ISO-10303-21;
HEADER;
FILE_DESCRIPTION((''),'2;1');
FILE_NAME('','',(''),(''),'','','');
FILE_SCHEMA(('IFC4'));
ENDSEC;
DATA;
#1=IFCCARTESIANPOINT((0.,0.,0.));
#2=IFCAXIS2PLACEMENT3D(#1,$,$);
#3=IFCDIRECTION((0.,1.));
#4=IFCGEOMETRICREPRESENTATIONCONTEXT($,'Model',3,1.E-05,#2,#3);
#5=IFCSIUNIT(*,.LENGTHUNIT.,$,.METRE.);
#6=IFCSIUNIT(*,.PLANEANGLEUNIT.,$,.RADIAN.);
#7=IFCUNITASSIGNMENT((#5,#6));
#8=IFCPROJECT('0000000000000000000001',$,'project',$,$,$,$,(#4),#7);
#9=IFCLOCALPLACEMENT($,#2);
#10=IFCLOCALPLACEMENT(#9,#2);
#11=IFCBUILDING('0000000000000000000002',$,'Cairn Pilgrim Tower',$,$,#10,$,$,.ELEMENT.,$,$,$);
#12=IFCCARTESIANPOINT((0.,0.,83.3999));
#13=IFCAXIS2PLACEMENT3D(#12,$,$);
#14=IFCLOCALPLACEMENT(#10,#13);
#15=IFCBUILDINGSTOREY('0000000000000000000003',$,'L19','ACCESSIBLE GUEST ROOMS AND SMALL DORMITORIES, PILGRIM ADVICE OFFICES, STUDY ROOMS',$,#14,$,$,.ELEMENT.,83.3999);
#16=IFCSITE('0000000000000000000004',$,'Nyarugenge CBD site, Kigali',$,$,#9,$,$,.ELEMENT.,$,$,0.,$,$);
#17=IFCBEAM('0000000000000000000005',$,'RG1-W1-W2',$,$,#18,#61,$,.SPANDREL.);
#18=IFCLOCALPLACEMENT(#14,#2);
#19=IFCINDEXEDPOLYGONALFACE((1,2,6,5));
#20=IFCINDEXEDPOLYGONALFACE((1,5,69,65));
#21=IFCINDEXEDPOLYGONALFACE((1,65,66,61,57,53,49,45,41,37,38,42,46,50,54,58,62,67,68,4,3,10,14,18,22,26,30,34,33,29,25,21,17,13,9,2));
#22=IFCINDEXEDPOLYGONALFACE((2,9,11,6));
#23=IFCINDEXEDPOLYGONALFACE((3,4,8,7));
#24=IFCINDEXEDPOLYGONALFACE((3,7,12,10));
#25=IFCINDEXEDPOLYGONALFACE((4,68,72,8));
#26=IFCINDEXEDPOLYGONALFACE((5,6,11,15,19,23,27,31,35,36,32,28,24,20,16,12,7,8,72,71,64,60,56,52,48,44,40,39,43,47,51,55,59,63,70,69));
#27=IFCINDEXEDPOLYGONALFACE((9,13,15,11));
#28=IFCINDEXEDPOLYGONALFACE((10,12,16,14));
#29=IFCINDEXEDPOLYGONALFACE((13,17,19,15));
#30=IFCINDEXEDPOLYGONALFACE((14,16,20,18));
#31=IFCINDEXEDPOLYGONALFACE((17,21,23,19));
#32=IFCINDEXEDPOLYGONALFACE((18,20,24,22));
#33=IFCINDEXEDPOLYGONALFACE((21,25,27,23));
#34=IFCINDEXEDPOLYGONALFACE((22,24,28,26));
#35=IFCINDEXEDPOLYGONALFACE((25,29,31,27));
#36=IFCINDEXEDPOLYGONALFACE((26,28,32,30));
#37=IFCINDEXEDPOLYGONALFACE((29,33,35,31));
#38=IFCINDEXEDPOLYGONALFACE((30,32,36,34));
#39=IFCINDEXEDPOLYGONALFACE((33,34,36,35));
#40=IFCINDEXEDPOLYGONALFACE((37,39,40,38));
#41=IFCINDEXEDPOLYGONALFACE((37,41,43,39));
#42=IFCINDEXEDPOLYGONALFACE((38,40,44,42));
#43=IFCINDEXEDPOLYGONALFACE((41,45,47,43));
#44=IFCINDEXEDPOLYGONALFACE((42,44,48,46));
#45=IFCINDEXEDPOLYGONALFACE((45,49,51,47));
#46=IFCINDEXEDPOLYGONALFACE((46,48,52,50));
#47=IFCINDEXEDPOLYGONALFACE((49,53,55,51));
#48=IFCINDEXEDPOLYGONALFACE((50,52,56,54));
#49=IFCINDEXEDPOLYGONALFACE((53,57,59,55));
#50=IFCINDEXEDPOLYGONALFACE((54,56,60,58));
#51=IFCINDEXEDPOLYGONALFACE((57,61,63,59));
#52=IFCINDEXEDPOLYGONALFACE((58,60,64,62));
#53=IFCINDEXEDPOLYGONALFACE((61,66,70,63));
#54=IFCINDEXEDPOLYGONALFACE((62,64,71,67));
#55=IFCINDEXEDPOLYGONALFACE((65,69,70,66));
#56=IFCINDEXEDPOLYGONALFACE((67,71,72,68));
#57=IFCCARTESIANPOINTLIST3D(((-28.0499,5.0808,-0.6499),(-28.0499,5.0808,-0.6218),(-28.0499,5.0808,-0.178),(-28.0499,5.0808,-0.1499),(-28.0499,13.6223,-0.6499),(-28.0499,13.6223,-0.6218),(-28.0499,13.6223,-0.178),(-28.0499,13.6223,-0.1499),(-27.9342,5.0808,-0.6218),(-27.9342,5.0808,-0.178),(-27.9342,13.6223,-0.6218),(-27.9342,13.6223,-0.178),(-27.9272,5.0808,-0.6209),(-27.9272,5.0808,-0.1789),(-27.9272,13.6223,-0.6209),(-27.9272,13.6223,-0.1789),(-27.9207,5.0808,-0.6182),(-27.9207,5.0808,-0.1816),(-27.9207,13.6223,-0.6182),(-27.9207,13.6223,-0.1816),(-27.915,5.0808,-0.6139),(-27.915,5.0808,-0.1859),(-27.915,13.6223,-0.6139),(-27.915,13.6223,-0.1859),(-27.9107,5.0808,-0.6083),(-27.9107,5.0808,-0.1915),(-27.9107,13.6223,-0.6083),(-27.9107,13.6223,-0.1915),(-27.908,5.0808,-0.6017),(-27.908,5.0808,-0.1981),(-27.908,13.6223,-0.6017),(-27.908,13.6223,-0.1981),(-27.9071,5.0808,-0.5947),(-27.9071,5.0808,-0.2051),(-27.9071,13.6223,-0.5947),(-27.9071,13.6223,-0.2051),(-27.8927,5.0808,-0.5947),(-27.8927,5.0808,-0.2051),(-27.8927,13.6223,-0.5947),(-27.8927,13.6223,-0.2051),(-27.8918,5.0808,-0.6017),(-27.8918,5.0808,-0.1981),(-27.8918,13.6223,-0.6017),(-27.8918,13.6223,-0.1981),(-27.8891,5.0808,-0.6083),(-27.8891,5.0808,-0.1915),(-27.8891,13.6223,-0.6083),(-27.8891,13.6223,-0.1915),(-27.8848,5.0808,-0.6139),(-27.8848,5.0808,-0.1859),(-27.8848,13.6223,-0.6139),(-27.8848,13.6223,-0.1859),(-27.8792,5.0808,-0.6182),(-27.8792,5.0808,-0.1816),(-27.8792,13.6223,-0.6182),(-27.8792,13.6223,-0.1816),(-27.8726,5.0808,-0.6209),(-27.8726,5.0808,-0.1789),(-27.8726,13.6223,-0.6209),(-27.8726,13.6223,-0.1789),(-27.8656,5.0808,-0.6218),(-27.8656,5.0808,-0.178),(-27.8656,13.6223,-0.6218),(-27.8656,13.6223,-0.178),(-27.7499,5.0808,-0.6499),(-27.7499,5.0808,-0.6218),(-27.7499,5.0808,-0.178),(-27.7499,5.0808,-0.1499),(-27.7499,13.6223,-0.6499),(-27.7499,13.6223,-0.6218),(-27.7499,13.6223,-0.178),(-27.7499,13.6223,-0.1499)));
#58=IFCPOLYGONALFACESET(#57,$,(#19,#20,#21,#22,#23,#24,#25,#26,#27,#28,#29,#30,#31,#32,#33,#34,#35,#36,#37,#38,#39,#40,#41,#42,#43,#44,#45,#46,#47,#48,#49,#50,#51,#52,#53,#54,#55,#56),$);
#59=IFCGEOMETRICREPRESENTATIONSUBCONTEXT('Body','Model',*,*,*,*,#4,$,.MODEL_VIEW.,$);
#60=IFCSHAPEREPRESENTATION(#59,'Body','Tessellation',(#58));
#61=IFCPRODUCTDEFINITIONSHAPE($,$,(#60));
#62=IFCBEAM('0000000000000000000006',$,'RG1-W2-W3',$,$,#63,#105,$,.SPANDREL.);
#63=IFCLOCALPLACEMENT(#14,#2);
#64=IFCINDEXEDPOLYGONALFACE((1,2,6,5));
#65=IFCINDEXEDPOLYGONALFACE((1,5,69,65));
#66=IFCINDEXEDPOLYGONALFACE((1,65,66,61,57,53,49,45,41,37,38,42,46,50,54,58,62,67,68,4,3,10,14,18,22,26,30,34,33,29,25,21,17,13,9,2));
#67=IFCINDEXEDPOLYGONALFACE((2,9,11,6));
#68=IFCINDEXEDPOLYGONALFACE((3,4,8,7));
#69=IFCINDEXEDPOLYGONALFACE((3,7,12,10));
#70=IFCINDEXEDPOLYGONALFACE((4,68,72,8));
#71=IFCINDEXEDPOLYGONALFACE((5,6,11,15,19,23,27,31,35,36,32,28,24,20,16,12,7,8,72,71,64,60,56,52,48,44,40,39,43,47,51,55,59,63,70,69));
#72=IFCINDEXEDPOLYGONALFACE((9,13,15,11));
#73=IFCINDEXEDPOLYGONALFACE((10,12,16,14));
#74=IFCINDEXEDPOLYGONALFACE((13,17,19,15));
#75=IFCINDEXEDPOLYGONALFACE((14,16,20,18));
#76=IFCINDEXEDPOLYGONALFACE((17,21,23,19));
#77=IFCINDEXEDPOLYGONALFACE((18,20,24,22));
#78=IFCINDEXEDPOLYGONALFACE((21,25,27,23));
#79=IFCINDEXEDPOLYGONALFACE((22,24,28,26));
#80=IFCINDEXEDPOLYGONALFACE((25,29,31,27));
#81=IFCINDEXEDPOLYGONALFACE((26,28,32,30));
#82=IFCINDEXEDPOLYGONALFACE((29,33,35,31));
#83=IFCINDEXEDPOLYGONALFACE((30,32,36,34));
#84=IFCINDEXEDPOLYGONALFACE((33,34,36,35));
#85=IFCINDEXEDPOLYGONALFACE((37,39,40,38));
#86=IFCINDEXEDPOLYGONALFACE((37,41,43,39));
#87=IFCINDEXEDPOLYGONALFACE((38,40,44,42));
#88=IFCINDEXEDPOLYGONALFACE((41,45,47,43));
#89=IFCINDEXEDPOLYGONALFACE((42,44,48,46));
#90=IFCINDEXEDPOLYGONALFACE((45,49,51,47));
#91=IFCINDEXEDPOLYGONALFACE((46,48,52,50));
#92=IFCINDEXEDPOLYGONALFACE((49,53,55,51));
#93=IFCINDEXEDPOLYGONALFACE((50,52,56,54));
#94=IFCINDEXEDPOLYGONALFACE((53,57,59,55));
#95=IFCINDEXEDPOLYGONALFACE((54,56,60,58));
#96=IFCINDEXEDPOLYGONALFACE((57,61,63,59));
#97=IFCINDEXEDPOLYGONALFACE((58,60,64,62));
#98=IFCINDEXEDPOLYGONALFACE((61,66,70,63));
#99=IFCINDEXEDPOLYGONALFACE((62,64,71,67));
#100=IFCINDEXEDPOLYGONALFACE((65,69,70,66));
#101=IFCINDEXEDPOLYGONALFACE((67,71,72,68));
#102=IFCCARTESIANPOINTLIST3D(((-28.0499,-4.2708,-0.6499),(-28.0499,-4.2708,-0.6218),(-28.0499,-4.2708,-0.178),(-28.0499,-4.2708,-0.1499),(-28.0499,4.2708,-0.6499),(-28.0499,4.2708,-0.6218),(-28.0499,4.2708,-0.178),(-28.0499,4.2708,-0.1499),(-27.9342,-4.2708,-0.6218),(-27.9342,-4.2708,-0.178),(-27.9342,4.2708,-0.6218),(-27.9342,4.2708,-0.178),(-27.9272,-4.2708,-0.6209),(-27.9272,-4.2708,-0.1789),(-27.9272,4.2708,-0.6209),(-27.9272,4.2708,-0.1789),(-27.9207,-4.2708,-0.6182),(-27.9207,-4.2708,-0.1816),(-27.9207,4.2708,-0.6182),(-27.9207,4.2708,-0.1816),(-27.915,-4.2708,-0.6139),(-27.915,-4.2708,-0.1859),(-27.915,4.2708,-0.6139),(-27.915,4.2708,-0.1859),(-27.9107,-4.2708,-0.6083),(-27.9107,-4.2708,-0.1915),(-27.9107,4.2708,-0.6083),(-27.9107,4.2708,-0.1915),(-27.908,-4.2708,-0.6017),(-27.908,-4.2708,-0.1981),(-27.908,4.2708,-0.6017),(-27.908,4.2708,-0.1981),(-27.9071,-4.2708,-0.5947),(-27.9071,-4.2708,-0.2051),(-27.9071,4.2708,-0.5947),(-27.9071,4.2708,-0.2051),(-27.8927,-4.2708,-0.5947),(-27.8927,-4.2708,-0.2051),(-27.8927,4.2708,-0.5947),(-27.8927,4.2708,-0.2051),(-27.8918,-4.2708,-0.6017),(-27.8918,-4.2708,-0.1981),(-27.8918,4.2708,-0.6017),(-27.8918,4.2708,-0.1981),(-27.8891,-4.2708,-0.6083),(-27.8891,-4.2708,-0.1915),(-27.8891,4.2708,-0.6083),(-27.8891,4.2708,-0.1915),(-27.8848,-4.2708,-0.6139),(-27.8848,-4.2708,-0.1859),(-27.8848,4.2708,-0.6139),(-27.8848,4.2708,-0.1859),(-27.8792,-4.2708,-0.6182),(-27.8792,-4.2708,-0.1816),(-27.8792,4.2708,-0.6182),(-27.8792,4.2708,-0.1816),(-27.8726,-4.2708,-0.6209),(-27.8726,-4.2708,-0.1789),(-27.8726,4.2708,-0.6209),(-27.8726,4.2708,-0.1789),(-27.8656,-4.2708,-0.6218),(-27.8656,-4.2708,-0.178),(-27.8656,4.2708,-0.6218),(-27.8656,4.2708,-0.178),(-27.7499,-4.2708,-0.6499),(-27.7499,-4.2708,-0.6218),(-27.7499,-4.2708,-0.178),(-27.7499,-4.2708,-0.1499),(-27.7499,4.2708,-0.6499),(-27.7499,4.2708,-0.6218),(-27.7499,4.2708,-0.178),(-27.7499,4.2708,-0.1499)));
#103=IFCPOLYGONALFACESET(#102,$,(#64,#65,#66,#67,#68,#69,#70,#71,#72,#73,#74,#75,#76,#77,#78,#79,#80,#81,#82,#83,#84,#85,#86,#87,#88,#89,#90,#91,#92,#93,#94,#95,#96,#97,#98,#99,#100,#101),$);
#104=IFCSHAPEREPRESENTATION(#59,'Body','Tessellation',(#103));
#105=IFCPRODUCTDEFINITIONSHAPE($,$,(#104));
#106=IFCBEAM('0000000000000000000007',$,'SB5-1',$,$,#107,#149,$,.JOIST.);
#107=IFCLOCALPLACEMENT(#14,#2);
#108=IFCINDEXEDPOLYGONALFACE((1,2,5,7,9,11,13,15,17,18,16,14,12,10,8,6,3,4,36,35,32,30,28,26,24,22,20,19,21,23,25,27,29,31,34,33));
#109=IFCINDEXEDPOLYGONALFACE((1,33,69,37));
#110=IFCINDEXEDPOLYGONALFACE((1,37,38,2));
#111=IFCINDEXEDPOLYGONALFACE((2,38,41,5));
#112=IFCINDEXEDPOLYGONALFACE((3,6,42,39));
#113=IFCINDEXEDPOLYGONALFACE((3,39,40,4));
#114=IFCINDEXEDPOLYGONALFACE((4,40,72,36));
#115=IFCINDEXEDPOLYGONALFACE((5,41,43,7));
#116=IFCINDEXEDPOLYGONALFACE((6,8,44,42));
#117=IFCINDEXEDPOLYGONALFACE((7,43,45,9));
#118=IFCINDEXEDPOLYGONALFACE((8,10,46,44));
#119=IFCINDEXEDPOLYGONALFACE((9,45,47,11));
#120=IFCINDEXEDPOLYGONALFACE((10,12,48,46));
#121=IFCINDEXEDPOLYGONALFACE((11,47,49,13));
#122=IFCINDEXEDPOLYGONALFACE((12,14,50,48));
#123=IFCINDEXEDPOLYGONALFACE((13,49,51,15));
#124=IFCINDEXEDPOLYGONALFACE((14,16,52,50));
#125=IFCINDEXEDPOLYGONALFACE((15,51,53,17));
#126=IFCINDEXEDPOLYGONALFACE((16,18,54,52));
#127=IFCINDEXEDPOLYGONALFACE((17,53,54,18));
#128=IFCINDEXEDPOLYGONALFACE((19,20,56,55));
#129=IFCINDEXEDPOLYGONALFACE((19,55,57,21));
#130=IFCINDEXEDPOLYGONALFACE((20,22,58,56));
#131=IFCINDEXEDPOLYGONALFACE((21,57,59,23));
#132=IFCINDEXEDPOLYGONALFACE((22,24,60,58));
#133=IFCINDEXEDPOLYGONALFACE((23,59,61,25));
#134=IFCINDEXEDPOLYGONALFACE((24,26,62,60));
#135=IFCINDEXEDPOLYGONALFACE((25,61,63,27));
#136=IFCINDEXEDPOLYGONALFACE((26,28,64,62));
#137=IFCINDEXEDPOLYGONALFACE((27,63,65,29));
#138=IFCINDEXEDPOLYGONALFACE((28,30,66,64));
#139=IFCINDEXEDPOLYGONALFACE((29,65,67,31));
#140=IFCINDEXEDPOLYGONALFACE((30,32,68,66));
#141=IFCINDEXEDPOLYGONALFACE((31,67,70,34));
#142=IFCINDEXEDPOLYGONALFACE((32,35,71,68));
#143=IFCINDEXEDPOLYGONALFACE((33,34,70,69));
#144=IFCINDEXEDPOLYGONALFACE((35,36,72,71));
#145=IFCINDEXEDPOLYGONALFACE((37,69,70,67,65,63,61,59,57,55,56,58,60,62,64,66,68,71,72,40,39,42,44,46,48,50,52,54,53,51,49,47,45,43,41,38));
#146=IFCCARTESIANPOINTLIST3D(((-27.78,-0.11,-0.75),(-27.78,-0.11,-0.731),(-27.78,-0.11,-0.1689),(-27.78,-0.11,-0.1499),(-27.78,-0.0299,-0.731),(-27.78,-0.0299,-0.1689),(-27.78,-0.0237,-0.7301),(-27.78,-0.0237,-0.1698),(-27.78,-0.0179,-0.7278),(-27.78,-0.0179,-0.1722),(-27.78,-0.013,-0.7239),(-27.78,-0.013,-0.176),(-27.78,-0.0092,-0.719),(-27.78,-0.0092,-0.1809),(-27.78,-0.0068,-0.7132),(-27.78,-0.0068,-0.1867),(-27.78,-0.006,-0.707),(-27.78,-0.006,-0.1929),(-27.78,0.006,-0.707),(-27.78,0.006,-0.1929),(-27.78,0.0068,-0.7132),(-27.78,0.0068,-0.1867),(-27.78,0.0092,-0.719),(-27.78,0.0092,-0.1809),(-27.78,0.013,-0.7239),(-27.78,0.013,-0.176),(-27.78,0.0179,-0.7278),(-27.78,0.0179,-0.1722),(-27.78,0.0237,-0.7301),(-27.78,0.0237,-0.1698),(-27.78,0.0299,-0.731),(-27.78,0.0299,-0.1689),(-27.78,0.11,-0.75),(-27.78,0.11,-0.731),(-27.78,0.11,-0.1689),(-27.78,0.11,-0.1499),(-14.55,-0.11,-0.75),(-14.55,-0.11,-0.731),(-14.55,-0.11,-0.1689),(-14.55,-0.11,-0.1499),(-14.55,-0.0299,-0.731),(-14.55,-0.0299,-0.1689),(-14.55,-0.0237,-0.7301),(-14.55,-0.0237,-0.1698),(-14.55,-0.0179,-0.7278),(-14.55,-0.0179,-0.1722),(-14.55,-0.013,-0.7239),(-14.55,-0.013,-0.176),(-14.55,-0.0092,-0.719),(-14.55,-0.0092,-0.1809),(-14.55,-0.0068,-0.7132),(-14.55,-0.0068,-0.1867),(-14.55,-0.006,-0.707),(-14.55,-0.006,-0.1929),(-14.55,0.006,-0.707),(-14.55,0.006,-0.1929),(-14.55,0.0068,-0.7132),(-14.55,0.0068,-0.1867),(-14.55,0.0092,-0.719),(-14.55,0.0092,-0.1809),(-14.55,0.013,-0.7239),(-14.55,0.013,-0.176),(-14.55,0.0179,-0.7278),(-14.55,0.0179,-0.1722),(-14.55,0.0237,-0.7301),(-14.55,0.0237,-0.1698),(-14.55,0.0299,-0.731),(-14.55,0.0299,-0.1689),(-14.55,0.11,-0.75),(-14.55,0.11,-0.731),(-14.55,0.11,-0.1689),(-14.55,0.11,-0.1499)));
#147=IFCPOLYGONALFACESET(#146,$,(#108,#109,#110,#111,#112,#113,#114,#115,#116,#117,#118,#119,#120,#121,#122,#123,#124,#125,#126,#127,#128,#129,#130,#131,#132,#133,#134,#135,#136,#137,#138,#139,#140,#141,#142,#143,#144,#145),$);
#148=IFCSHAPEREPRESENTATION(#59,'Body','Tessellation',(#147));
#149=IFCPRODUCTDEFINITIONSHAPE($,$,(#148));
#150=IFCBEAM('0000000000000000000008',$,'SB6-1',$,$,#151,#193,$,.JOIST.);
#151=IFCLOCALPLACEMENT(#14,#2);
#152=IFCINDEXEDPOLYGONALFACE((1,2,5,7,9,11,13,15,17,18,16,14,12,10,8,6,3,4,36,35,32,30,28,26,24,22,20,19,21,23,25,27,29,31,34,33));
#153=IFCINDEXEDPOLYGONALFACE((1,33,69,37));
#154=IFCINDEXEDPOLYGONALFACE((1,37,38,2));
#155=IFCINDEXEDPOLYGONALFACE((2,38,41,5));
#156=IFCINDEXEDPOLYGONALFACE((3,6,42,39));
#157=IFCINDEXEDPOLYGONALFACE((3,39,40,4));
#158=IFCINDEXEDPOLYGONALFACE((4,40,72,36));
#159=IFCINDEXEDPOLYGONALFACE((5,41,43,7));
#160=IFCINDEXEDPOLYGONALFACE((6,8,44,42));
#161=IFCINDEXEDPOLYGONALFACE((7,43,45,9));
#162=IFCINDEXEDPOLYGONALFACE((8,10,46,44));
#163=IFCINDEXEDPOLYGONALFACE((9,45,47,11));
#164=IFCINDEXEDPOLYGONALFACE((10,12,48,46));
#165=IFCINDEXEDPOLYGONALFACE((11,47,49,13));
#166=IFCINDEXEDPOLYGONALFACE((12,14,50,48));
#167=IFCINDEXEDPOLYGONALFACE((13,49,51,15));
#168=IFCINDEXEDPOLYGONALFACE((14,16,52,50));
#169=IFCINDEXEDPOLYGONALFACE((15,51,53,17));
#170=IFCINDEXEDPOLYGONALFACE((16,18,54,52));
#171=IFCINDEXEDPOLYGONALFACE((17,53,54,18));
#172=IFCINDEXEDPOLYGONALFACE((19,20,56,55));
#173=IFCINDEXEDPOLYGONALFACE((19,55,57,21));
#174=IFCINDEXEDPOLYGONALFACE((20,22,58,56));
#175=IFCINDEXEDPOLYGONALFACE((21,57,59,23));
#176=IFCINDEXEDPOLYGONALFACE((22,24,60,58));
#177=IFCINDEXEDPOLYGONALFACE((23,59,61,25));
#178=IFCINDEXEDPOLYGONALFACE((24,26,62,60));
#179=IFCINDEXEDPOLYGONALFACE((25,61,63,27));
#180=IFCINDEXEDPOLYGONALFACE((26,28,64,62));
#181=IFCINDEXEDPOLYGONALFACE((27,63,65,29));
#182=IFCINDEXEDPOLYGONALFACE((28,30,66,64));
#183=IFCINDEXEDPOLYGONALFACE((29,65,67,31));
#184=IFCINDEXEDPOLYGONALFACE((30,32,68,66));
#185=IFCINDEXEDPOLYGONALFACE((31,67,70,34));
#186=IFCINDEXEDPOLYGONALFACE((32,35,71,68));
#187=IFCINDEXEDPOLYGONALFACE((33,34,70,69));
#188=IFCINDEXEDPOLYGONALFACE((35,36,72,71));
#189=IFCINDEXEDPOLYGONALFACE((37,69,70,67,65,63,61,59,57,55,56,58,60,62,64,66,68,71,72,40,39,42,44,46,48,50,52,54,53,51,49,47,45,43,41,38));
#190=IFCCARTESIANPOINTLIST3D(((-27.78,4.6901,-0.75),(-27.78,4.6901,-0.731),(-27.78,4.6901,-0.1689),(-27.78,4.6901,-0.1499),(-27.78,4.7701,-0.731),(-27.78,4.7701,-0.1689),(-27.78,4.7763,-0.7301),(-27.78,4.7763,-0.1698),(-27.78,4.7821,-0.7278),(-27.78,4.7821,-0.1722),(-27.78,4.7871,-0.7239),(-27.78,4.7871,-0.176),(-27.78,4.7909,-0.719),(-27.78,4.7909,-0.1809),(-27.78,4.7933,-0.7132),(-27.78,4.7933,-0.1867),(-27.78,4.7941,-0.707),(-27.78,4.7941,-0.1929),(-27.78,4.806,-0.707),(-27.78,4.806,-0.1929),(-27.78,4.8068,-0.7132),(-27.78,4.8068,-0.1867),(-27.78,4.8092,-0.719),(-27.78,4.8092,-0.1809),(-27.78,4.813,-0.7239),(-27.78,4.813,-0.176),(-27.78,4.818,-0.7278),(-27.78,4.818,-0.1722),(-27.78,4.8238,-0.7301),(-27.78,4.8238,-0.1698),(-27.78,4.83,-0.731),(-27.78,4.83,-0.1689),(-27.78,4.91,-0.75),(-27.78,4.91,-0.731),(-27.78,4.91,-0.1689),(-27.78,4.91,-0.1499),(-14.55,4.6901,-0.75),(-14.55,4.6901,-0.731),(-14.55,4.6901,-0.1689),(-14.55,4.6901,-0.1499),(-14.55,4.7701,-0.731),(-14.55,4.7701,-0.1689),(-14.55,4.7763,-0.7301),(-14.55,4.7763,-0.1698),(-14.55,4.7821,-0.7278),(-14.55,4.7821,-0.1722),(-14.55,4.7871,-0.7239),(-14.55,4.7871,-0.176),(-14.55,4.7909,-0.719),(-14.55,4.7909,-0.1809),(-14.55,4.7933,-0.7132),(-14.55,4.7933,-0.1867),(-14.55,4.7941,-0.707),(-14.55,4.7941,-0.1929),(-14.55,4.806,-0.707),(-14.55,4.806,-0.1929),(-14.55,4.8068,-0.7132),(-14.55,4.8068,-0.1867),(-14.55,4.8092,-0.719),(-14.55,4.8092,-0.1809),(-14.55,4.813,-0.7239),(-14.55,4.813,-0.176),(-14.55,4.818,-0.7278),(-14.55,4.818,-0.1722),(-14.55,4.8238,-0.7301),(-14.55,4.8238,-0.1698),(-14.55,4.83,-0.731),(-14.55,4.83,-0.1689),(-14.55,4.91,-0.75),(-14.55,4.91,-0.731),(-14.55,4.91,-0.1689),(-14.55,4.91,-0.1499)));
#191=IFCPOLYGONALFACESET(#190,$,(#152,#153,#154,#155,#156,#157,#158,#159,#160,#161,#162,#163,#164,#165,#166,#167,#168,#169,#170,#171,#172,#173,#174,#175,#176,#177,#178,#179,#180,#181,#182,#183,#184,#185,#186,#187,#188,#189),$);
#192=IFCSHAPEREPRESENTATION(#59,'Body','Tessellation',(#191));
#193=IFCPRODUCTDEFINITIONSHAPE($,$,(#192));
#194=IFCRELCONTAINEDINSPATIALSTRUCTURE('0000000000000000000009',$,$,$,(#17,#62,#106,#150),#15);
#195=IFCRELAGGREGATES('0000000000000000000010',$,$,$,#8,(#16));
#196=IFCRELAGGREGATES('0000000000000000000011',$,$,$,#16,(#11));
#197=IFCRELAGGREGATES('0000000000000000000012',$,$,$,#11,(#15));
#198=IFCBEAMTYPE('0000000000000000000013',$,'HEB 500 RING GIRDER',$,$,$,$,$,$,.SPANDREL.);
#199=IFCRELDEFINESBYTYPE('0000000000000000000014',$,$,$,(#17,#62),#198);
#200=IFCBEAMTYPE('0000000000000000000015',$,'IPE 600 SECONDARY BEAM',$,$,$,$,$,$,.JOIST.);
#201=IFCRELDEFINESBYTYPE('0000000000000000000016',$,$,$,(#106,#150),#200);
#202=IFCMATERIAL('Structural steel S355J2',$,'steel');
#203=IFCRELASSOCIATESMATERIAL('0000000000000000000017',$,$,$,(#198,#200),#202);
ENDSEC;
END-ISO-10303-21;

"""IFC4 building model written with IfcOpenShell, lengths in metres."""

from ifc_helpers import new_model, si_unit, direction, frame, origin, origin_2d, place, context, subcontext, project, spatial, i_section, extrude, material, material_profile, profile_set, type_object, element, save


model = new_model("IFC4")

# Units and contexts
model_context = context("Model", 3, precision=1e-05, world=origin(), true_north=direction((0.0, 1.0)))
body_context = subcontext(model_context, "Body", "Model", "MODEL_VIEW")
ifc_project = project(units=[si_unit("LENGTHUNIT", "METRE"), si_unit("PLANEANGLEUNIT", "RADIAN")], contexts=[model_context])

# Site, building, storey
site_placement = place(None, origin())
site = spatial("IfcSite", under=ifc_project, at=site_placement, Name="Nyarugenge CBD site, Kigali", CompositionType="ELEMENT", RefElevation=0.0)
building_placement = place(site_placement, origin())
building = spatial("IfcBuilding", under=site, at=building_placement, Name="Cairn Pilgrim Tower", CompositionType="ELEMENT")
storey_placement = place(building_placement, frame((0.0, 0.0, 83.3999)))
storey = spatial("IfcBuildingStorey", under=building, at=storey_placement, Name="L19", Description="ACCESSIBLE GUEST ROOMS AND SMALL DORMITORIES, PILGRIM ADVICE OFFICES, STUDY ROOMS", CompositionType="ELEMENT", Elevation=83.3999)

# Beams
ifc_material_1 = material(Name="Structural steel S355J2", Category="steel")
ifc_material_profile_1 = material_profile(ifc_material_1, i_section(OverallWidth=0.3, OverallDepth=0.5, WebThickness=0.0144, FlangeThickness=0.0281, FilletRadius=0.0271, at=origin_2d()), Name="HEB 500")
ifc_profile_set_1 = profile_set([ifc_material_profile_1], Name="Structural steel S355J2")
beam_type_1 = type_object("IfcBeamType", Name="HEB 500 RING GIRDER", PredefinedType="SPANDREL", material=ifc_profile_set_1)
for number, where, z_axis, x_axis, name in (
    (1, (-27.8999, 13.6223, -0.3999), (0.0, -1.0, 0.0), (1.0, 0.0, 0.0), "RG1-W1-W2"),
    (2, (-27.8999, 4.2708, -0.3999), (0.0, -1.0, 0.0), (1.0, 0.0, 0.0), "RG1-W2-W3"),
):
    element("IfcBeam", number, at=place(storey_placement, frame(where, z_axis=z_axis, x_axis=x_axis)), inside=storey, type_object=beam_type_1, Name=name, PredefinedType="SPANDREL", context=body_context, shape_type="SweptSolid", body=[
        extrude(i_section(OverallWidth=0.3, OverallDepth=0.5, WebThickness=0.0144, FlangeThickness=0.0281, FilletRadius=0.0271, at=origin_2d()), origin(), (0.0, 0.0, 1.0), 8.5415),
    ])
ifc_material_profile_2 = material_profile(ifc_material_1, i_section(OverallWidth=0.22, OverallDepth=0.6001, WebThickness=0.012, FlangeThickness=0.019, FilletRadius=0.0239, at=origin_2d()), Name="IPE 600")
ifc_profile_set_2 = profile_set([ifc_material_profile_2], Name="Structural steel S355J2")
beam_type_2 = type_object("IfcBeamType", Name="IPE 600 SECONDARY BEAM", PredefinedType="JOIST", material=ifc_profile_set_2)
for number, where, z_axis, x_axis, name in (
    (3, (-27.78, 0.0, -0.45), (1.0, 0.0, 0.0), (0.0, 1.0, 0.0), "SB5-1"),
    (4, (-27.78, 4.8, -0.45), (1.0, 0.0, 0.0), (0.0, 1.0, 0.0), "SB6-1"),
):
    element("IfcBeam", number, at=place(storey_placement, frame(where, z_axis=z_axis, x_axis=x_axis)), inside=storey, type_object=beam_type_2, Name=name, PredefinedType="JOIST", context=body_context, shape_type="SweptSolid", body=[
        extrude(i_section(OverallWidth=0.22, OverallDepth=0.6001, WebThickness=0.012, FlangeThickness=0.019, FilletRadius=0.0239, at=origin_2d()), origin(), (0.0, 0.0, 1.0), 13.23),
    ])

save(model, "model.ifc")
